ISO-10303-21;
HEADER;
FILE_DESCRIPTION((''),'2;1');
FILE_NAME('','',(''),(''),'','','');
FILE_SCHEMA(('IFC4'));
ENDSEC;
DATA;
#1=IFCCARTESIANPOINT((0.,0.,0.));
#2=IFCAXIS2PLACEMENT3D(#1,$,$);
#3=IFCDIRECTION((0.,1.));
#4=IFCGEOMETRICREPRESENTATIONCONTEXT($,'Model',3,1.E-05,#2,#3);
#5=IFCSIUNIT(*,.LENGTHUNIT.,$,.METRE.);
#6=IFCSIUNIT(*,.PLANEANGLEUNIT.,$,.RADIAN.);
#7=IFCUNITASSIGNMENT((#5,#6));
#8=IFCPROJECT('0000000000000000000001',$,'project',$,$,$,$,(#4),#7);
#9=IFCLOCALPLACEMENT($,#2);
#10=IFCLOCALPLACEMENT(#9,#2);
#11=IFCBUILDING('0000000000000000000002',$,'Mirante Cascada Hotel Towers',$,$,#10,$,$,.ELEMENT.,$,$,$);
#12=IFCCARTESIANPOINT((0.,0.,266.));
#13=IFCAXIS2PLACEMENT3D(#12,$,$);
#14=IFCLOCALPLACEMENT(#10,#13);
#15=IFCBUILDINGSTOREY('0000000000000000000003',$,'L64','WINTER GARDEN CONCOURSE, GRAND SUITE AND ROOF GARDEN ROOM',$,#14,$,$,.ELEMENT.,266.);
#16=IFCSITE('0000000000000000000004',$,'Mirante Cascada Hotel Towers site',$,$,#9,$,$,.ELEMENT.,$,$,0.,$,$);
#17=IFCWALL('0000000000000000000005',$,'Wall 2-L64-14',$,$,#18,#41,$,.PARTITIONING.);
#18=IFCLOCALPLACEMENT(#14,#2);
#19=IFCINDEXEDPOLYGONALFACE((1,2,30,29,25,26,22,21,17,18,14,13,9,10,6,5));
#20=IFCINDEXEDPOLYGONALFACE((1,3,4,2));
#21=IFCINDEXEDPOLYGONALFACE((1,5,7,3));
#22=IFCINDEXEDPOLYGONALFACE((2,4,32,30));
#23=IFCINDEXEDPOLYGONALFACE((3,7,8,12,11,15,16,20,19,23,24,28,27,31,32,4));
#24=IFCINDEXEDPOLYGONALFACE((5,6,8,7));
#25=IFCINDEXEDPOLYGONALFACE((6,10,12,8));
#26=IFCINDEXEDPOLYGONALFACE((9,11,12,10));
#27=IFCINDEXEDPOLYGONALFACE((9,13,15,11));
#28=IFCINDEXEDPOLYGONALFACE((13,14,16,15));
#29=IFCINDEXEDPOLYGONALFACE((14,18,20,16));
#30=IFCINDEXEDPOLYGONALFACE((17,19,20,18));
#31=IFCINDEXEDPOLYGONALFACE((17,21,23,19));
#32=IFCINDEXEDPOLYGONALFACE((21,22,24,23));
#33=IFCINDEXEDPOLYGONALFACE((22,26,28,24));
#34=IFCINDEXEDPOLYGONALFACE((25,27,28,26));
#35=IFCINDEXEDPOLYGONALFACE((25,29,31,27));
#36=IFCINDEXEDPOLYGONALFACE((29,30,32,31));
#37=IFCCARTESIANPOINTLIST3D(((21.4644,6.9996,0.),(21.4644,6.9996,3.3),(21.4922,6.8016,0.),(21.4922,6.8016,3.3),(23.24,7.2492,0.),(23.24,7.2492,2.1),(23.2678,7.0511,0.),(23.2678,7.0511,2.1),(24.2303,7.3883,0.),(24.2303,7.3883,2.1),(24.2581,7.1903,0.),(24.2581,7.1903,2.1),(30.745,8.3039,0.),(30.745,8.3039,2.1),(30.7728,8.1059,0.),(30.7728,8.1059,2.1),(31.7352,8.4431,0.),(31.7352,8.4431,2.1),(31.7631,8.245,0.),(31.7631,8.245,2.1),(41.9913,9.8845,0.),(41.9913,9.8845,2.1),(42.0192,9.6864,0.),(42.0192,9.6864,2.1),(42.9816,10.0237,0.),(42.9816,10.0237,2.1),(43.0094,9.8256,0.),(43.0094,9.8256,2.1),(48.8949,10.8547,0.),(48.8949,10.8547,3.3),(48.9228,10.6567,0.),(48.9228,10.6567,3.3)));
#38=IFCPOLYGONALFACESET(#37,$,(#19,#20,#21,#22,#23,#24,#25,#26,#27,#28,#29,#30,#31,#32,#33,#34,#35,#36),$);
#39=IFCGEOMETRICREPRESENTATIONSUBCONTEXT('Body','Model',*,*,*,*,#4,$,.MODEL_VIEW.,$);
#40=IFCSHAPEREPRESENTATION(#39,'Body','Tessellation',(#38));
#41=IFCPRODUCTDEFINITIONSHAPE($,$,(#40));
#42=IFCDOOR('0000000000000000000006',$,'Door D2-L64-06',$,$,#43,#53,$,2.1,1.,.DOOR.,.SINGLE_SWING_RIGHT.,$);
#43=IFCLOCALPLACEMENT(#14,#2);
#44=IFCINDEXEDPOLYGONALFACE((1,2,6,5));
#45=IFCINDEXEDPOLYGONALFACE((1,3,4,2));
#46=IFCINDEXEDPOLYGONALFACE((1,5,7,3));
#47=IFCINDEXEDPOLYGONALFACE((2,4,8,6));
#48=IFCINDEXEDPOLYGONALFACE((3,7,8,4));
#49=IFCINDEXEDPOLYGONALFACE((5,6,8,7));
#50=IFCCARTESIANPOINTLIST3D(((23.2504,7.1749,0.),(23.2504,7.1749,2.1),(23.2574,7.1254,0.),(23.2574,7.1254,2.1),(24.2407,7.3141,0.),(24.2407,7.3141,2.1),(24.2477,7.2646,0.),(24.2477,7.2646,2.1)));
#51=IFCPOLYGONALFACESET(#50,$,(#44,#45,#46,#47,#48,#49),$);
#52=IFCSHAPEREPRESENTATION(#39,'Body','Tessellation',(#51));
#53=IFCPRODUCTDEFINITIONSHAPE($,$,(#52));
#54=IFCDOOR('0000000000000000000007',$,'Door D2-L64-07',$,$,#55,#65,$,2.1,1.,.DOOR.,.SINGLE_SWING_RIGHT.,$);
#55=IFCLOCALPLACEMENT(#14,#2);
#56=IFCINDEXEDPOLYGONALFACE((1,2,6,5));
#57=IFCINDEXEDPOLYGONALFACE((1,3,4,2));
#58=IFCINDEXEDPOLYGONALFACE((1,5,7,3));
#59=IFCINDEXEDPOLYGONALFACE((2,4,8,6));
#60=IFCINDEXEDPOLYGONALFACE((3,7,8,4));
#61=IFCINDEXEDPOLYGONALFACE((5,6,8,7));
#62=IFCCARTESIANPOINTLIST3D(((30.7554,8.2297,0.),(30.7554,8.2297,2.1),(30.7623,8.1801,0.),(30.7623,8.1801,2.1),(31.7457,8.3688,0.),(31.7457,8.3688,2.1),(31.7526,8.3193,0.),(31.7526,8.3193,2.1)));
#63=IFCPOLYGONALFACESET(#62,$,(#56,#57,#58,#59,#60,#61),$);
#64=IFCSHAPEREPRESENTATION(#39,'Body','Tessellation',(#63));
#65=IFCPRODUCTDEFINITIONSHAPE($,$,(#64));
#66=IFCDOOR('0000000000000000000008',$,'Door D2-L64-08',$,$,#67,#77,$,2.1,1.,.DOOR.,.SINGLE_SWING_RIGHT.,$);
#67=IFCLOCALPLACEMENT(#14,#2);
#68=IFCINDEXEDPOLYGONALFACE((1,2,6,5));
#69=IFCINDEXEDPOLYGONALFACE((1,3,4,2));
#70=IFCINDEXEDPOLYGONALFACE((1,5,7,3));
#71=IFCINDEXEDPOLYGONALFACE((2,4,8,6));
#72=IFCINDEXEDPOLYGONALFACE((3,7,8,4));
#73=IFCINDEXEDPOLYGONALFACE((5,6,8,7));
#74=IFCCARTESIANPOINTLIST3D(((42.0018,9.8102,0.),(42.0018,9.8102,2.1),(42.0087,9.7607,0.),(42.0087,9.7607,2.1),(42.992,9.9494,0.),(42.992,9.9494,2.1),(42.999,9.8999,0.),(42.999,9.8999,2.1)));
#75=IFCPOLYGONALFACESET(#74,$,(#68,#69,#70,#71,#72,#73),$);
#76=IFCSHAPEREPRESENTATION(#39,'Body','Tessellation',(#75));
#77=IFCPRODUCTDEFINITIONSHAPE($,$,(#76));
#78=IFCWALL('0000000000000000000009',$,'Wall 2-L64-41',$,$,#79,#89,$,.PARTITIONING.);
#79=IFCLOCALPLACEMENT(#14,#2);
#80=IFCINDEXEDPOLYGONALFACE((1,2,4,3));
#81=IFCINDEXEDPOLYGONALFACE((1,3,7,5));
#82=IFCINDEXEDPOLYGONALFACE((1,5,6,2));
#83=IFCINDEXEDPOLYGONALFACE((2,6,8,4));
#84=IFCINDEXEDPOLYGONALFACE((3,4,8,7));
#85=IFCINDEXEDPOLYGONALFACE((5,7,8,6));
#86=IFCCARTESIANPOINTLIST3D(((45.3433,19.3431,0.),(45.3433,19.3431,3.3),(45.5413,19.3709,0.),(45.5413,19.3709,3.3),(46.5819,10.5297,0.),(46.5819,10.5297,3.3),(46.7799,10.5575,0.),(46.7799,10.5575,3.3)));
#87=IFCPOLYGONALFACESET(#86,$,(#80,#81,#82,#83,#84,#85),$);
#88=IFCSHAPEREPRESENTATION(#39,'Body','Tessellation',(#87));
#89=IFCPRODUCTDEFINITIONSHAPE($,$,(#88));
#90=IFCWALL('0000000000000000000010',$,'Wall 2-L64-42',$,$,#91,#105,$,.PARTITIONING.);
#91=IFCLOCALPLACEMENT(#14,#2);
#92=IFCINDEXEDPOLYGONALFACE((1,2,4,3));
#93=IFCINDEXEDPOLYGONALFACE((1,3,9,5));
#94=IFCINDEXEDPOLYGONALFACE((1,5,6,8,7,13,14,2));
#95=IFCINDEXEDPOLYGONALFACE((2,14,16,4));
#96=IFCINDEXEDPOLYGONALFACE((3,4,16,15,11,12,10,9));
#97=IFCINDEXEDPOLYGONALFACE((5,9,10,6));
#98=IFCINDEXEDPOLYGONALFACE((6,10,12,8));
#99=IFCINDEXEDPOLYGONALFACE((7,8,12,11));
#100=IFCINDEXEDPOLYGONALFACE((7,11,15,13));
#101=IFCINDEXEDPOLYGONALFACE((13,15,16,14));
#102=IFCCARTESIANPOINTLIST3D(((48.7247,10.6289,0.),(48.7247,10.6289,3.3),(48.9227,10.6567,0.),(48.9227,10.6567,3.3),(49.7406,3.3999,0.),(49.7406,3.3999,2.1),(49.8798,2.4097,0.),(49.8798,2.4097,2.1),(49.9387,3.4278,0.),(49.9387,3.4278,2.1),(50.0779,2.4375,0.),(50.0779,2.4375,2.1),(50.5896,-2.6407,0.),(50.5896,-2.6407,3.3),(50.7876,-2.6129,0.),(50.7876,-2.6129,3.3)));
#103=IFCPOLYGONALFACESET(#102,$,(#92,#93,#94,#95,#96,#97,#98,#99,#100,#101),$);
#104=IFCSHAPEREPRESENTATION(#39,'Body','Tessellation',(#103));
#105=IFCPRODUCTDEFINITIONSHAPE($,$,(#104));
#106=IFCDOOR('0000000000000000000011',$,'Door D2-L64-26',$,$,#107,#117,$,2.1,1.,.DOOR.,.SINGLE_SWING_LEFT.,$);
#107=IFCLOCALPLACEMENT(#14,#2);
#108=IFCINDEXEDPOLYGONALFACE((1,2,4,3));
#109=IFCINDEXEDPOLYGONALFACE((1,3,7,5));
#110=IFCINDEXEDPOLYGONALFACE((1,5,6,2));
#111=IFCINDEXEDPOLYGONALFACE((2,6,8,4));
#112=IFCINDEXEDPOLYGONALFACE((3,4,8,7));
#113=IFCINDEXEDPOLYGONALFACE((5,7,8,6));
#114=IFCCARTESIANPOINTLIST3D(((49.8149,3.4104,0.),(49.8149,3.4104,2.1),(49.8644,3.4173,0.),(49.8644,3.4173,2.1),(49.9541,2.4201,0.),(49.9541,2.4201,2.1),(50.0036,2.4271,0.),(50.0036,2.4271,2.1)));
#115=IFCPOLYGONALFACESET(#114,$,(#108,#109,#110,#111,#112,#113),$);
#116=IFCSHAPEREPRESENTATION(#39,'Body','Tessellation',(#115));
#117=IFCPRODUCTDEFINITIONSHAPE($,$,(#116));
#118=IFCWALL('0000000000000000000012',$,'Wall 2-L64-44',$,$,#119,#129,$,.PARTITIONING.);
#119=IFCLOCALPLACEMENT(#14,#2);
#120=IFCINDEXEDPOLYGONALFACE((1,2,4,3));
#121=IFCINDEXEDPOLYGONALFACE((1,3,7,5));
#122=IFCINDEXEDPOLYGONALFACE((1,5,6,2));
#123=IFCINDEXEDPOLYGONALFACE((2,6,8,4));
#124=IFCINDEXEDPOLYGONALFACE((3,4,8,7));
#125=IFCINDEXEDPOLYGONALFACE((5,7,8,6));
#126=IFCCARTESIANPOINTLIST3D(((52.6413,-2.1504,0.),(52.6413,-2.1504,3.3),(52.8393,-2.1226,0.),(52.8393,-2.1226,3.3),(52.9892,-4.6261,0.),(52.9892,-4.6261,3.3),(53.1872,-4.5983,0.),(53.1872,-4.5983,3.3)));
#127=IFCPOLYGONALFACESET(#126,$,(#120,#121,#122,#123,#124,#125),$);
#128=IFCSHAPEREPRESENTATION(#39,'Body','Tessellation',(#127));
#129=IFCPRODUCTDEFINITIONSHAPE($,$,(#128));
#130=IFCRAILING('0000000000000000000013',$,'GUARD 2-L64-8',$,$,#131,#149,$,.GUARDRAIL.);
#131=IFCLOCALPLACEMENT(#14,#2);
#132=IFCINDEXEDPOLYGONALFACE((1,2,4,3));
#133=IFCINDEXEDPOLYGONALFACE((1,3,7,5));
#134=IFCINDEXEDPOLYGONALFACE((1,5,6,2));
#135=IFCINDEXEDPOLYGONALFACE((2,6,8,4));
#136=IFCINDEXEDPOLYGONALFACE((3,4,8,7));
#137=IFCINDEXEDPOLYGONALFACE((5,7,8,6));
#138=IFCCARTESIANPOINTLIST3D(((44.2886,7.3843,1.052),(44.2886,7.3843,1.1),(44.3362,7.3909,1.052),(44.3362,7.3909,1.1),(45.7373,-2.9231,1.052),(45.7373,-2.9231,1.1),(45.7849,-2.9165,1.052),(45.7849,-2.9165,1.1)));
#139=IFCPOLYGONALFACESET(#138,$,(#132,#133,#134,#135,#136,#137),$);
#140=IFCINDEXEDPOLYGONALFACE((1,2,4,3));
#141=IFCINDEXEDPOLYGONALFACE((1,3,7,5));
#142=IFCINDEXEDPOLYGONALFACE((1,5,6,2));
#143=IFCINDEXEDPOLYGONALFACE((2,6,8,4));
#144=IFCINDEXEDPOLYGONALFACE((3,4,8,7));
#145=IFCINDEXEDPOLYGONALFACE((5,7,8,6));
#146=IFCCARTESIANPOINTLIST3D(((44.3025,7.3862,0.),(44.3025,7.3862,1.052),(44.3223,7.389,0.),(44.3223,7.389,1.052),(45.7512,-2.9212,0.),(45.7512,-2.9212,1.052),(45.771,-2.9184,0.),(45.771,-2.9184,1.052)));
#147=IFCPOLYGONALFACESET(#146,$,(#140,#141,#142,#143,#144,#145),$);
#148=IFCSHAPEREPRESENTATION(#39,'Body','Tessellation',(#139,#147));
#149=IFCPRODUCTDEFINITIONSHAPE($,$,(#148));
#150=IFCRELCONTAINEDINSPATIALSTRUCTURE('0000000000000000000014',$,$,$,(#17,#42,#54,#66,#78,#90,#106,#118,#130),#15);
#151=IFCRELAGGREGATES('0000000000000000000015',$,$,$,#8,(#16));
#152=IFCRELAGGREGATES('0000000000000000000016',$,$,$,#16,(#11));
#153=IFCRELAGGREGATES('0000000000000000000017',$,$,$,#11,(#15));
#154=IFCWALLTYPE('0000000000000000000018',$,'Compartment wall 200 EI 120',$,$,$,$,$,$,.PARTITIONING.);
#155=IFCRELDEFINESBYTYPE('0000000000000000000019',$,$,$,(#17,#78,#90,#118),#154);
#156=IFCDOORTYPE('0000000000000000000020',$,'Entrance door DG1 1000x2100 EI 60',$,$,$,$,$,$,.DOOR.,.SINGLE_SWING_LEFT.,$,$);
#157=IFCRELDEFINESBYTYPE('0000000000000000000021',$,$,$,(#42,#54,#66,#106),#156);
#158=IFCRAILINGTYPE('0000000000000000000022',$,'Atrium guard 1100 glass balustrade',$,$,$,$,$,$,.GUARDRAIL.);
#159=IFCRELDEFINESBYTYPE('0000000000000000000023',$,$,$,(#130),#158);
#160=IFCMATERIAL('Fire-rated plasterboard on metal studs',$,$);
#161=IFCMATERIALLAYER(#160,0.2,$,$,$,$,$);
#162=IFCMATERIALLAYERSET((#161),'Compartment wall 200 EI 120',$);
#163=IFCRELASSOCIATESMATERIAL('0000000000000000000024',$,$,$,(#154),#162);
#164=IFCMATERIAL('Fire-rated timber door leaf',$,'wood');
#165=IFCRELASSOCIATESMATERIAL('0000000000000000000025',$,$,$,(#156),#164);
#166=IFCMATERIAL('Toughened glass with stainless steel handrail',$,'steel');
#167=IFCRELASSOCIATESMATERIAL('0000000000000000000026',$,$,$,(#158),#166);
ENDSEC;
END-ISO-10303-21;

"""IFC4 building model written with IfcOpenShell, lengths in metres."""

from ifc_helpers import new_model, si_unit, direction, frame, frame_2d, origin, origin_2d, place, context, subcontext, project, spatial, rectangle, extrude, material, layer, layer_set, type_object, element, fill, save


model = new_model("IFC4")

# Units and contexts
model_context = context("Model", 3, precision=1e-05, world=origin(), true_north=direction((0.0, 1.0)))
body_context = subcontext(model_context, "Body", "Model", "MODEL_VIEW")
ifc_project = project(units=[si_unit("LENGTHUNIT", "METRE"), si_unit("PLANEANGLEUNIT", "RADIAN")], contexts=[model_context])

# Site, building, storey
site_placement = place(None, origin())
site = spatial("IfcSite", under=ifc_project, at=site_placement, Name="Mirante Cascada Hotel Towers site", CompositionType="ELEMENT", RefElevation=0.0)
building_placement = place(site_placement, origin())
building = spatial("IfcBuilding", under=site, at=building_placement, Name="Mirante Cascada Hotel Towers", CompositionType="ELEMENT")
storey_placement = place(building_placement, frame((0.0, 0.0, 266.0)))
storey = spatial("IfcBuildingStorey", under=building, at=storey_placement, Name="L64", Description="WINTER GARDEN CONCOURSE, GRAND SUITE AND ROOF GARDEN ROOM", CompositionType="ELEMENT", Elevation=266.0)

# Shared definitions
ifc_material_1 = material(Name="Fire-rated plasterboard on metal studs")
ifc_layer_1 = layer(ifc_material_1, 0.2)
ifc_layer_set_1 = layer_set([ifc_layer_1], Name="Compartment wall 200 EI 120")
wall_type = type_object("IfcWallType", Name="Compartment wall 200 EI 120", PredefinedType="PARTITIONING", material=ifc_layer_set_1)

# Wall, openings, doors
wall_1_placement = place(storey_placement, frame((48.9088, 10.7557, 0.0), z_axis=(0.0, 0.0, 1.0), x_axis=(-0.990268, -0.139173, 0.0)))
wall_1 = element("IfcWall", 1, at=wall_1_placement, inside=storey, type_object=wall_type, Name="Wall 2-L64-14", PredefinedType="PARTITIONING", context=body_context, shape_type="SweptSolid", body=[
    extrude(rectangle(XDim=27.7001, YDim=0.2, at=frame_2d((13.85, 0.0))), origin(), (0.0, 0.0, 1.0), 3.3),
])
opening_1_placement = place(wall_1_placement, frame((24.907, 0.0, 0.0)))
opening_1 = element("IfcOpeningElement", 2, at=opening_1_placement, cuts=wall_1, PredefinedType="OPENING", context=body_context, shape_type="SweptSolid", body=[
    extrude(rectangle(XDim=1.0, YDim=2.1, at=frame_2d((0.5, 1.05))), frame((0.0, 0.1, 0.0), z_axis=(0.0, -1.0, 0.0), x_axis=(1.0, 0.0, 0.0)), (0.0, 0.0, 1.0), 0.2),
])
opening_2_placement = place(wall_1_placement, frame((17.3283, 0.0, 0.0)))
opening_2 = element("IfcOpeningElement", 3, at=opening_2_placement, cuts=wall_1, PredefinedType="OPENING", context=body_context, shape_type="SweptSolid", body=[
    extrude(rectangle(XDim=1.0, YDim=2.1, at=frame_2d((0.5, 1.05))), frame((0.0, 0.1, 0.0), z_axis=(0.0, -1.0, 0.0), x_axis=(1.0, 0.0, 0.0)), (0.0, 0.0, 1.0), 0.2),
])
opening_3_placement = place(wall_1_placement, frame((5.9714, 0.0, 0.0)))
opening_3 = element("IfcOpeningElement", 4, at=opening_3_placement, cuts=wall_1, PredefinedType="OPENING", context=body_context, shape_type="SweptSolid", body=[
    extrude(rectangle(XDim=1.0, YDim=2.1, at=frame_2d((0.5, 1.05))), frame((0.0, 0.1, 0.0), z_axis=(0.0, -1.0, 0.0), x_axis=(1.0, 0.0, 0.0)), (0.0, 0.0, 1.0), 0.2),
])
ifc_material_2 = material(Name="Fire-rated timber door leaf", Category="wood")
door_type = type_object("IfcDoorType", Name="Entrance door DG1 1000x2100 EI 60", OperationType="SINGLE_SWING_LEFT", PredefinedType="DOOR", material=ifc_material_2)
door_1_placement = place(opening_1_placement, frame((1.0, 0.0, 0.0), z_axis=(0.0, 0.0, 1.0), x_axis=(-1.0, 0.0, 0.0)))
door_1 = element("IfcDoor", 5, at=door_1_placement, inside=storey, type_object=door_type, Name="Door D2-L64-06", OperationType="SINGLE_SWING_RIGHT", OverallHeight=2.1, OverallWidth=1.0, PredefinedType="DOOR", context=body_context, shape_type="SweptSolid", body=[
    extrude(rectangle(XDim=1.0, YDim=2.1, at=frame_2d((0.5, 1.05))), frame((0.0, 0.025, 0.0), z_axis=(0.0, -1.0, 0.0), x_axis=(1.0, 0.0, 0.0)), (0.0, 0.0, 1.0), 0.05),
])
fill(opening_1, door_1)
door_2_placement = place(opening_2_placement, frame((1.0, 0.0, 0.0), z_axis=(0.0, 0.0, 1.0), x_axis=(-1.0, 0.0, 0.0)))
door_2 = element("IfcDoor", 6, at=door_2_placement, inside=storey, type_object=door_type, Name="Door D2-L64-07", OperationType="SINGLE_SWING_RIGHT", OverallHeight=2.1, OverallWidth=1.0, PredefinedType="DOOR", context=body_context, shape_type="SweptSolid", body=[
    extrude(rectangle(XDim=1.0, YDim=2.1, at=frame_2d((0.5, 1.05))), frame((0.0, 0.025, 0.0), z_axis=(0.0, -1.0, 0.0), x_axis=(1.0, 0.0, 0.0)), (0.0, 0.0, 1.0), 0.05),
])
fill(opening_2, door_2)
door_3_placement = place(opening_3_placement, frame((1.0, 0.0, 0.0), z_axis=(0.0, 0.0, 1.0), x_axis=(-1.0, 0.0, 0.0)))
door_3 = element("IfcDoor", 7, at=door_3_placement, inside=storey, type_object=door_type, Name="Door D2-L64-08", OperationType="SINGLE_SWING_RIGHT", OverallHeight=2.1, OverallWidth=1.0, PredefinedType="DOOR", context=body_context, shape_type="SweptSolid", body=[
    extrude(rectangle(XDim=1.0, YDim=2.1, at=frame_2d((0.5, 1.05))), frame((0.0, 0.025, 0.0), z_axis=(0.0, -1.0, 0.0), x_axis=(1.0, 0.0, 0.0)), (0.0, 0.0, 1.0), 0.05),
])
fill(opening_3, door_3)

# Wall
wall_2_placement = place(storey_placement, frame((46.6809, 10.5436, 0.0), z_axis=(0.0, 0.0, 1.0), x_axis=(-0.139168, 0.990269, 0.0)))
element("IfcWall", 8, at=wall_2_placement, inside=storey, type_object=wall_type, Name="Wall 2-L64-41", PredefinedType="PARTITIONING", context=body_context, shape_type="SweptSolid", body=[
    extrude(rectangle(XDim=8.9, YDim=0.2, at=frame_2d((4.45, 0.0))), origin(), (0.0, 0.0, 1.0), 3.3),
])

# Wall, opening, door
wall_3_placement = place(storey_placement, frame((48.8237, 10.6428, 0.0), z_axis=(0.0, 0.0, 1.0), x_axis=(0.139172, -0.990268, 0.0)))
wall_3 = element("IfcWall", 9, at=wall_3_placement, inside=storey, type_object=wall_type, Name="Wall 2-L64-42", PredefinedType="PARTITIONING", context=body_context, shape_type="SweptSolid", body=[
    extrude(rectangle(XDim=13.4, YDim=0.2, at=frame_2d((6.7, 0.0))), origin(), (0.0, 0.0, 1.0), 3.3),
])
opening_4_placement = place(wall_3_placement, frame((7.3, 0.0, 0.0)))
opening_4 = element("IfcOpeningElement", 10, at=opening_4_placement, cuts=wall_3, PredefinedType="OPENING", context=body_context, shape_type="SweptSolid", body=[
    extrude(rectangle(XDim=1.0, YDim=2.1, at=frame_2d((0.5, 1.05))), frame((0.0, 0.1, 0.0), z_axis=(0.0, -1.0, 0.0), x_axis=(1.0, 0.0, 0.0)), (0.0, 0.0, 1.0), 0.2),
])
door_4_placement = place(opening_4_placement, origin())
door_4 = element("IfcDoor", 11, at=door_4_placement, inside=storey, type_object=door_type, Name="Door D2-L64-26", OperationType="SINGLE_SWING_LEFT", OverallHeight=2.1, OverallWidth=1.0, PredefinedType="DOOR", context=body_context, shape_type="SweptSolid", body=[
    extrude(rectangle(XDim=1.0, YDim=2.1, at=frame_2d((0.5, 1.05))), frame((0.0, 0.025, 0.0), z_axis=(0.0, -1.0, 0.0), x_axis=(1.0, 0.0, 0.0)), (0.0, 0.0, 1.0), 0.05),
])
fill(opening_4, door_4)

# Wall
wall_4_placement = place(storey_placement, frame((52.7403, -2.1365, 0.0), z_axis=(0.0, 0.0, 1.0), x_axis=(0.139159, -0.99027, 0.0)))
element("IfcWall", 12, at=wall_4_placement, inside=storey, type_object=wall_type, Name="Wall 2-L64-44", PredefinedType="PARTITIONING", context=body_context, shape_type="SweptSolid", body=[
    extrude(rectangle(XDim=2.5, YDim=0.2, at=frame_2d((1.25, 0.0))), origin(), (0.0, 0.0, 1.0), 3.3),
])

# Railing
ifc_material_3 = material(Name="Toughened glass with stainless steel handrail", Category="steel")
railing_type = type_object("IfcRailingType", Name="Atrium guard 1100 glass balustrade", PredefinedType="GUARDRAIL", material=ifc_material_3)
railing_placement = place(storey_placement, frame((44.3124, 7.3876, 0.0)))
element("IfcRailing", 13, at=railing_placement, inside=storey, type_object=railing_type, Name="GUARD 2-L64-8", PredefinedType="GUARDRAIL", context=body_context, shape_type="SweptSolid", body=[
    extrude(rectangle(XDim=0.048, YDim=0.048, at=origin_2d()), frame((0.0, 0.0, 1.076), z_axis=(0.139182, -0.990267, 0.0), x_axis=(0.990267, 0.139182, 0.0)), (0.0, 0.0, 1.0), 10.4087),
    extrude(rectangle(XDim=0.02, YDim=1.052, at=origin_2d()), frame((0.0, 0.0, 0.526), z_axis=(0.139182, -0.990267, 0.0), x_axis=(0.990267, 0.139182, 0.0)), (0.0, 0.0, 1.0), 10.4087),
])

save(model, "model.ifc")
